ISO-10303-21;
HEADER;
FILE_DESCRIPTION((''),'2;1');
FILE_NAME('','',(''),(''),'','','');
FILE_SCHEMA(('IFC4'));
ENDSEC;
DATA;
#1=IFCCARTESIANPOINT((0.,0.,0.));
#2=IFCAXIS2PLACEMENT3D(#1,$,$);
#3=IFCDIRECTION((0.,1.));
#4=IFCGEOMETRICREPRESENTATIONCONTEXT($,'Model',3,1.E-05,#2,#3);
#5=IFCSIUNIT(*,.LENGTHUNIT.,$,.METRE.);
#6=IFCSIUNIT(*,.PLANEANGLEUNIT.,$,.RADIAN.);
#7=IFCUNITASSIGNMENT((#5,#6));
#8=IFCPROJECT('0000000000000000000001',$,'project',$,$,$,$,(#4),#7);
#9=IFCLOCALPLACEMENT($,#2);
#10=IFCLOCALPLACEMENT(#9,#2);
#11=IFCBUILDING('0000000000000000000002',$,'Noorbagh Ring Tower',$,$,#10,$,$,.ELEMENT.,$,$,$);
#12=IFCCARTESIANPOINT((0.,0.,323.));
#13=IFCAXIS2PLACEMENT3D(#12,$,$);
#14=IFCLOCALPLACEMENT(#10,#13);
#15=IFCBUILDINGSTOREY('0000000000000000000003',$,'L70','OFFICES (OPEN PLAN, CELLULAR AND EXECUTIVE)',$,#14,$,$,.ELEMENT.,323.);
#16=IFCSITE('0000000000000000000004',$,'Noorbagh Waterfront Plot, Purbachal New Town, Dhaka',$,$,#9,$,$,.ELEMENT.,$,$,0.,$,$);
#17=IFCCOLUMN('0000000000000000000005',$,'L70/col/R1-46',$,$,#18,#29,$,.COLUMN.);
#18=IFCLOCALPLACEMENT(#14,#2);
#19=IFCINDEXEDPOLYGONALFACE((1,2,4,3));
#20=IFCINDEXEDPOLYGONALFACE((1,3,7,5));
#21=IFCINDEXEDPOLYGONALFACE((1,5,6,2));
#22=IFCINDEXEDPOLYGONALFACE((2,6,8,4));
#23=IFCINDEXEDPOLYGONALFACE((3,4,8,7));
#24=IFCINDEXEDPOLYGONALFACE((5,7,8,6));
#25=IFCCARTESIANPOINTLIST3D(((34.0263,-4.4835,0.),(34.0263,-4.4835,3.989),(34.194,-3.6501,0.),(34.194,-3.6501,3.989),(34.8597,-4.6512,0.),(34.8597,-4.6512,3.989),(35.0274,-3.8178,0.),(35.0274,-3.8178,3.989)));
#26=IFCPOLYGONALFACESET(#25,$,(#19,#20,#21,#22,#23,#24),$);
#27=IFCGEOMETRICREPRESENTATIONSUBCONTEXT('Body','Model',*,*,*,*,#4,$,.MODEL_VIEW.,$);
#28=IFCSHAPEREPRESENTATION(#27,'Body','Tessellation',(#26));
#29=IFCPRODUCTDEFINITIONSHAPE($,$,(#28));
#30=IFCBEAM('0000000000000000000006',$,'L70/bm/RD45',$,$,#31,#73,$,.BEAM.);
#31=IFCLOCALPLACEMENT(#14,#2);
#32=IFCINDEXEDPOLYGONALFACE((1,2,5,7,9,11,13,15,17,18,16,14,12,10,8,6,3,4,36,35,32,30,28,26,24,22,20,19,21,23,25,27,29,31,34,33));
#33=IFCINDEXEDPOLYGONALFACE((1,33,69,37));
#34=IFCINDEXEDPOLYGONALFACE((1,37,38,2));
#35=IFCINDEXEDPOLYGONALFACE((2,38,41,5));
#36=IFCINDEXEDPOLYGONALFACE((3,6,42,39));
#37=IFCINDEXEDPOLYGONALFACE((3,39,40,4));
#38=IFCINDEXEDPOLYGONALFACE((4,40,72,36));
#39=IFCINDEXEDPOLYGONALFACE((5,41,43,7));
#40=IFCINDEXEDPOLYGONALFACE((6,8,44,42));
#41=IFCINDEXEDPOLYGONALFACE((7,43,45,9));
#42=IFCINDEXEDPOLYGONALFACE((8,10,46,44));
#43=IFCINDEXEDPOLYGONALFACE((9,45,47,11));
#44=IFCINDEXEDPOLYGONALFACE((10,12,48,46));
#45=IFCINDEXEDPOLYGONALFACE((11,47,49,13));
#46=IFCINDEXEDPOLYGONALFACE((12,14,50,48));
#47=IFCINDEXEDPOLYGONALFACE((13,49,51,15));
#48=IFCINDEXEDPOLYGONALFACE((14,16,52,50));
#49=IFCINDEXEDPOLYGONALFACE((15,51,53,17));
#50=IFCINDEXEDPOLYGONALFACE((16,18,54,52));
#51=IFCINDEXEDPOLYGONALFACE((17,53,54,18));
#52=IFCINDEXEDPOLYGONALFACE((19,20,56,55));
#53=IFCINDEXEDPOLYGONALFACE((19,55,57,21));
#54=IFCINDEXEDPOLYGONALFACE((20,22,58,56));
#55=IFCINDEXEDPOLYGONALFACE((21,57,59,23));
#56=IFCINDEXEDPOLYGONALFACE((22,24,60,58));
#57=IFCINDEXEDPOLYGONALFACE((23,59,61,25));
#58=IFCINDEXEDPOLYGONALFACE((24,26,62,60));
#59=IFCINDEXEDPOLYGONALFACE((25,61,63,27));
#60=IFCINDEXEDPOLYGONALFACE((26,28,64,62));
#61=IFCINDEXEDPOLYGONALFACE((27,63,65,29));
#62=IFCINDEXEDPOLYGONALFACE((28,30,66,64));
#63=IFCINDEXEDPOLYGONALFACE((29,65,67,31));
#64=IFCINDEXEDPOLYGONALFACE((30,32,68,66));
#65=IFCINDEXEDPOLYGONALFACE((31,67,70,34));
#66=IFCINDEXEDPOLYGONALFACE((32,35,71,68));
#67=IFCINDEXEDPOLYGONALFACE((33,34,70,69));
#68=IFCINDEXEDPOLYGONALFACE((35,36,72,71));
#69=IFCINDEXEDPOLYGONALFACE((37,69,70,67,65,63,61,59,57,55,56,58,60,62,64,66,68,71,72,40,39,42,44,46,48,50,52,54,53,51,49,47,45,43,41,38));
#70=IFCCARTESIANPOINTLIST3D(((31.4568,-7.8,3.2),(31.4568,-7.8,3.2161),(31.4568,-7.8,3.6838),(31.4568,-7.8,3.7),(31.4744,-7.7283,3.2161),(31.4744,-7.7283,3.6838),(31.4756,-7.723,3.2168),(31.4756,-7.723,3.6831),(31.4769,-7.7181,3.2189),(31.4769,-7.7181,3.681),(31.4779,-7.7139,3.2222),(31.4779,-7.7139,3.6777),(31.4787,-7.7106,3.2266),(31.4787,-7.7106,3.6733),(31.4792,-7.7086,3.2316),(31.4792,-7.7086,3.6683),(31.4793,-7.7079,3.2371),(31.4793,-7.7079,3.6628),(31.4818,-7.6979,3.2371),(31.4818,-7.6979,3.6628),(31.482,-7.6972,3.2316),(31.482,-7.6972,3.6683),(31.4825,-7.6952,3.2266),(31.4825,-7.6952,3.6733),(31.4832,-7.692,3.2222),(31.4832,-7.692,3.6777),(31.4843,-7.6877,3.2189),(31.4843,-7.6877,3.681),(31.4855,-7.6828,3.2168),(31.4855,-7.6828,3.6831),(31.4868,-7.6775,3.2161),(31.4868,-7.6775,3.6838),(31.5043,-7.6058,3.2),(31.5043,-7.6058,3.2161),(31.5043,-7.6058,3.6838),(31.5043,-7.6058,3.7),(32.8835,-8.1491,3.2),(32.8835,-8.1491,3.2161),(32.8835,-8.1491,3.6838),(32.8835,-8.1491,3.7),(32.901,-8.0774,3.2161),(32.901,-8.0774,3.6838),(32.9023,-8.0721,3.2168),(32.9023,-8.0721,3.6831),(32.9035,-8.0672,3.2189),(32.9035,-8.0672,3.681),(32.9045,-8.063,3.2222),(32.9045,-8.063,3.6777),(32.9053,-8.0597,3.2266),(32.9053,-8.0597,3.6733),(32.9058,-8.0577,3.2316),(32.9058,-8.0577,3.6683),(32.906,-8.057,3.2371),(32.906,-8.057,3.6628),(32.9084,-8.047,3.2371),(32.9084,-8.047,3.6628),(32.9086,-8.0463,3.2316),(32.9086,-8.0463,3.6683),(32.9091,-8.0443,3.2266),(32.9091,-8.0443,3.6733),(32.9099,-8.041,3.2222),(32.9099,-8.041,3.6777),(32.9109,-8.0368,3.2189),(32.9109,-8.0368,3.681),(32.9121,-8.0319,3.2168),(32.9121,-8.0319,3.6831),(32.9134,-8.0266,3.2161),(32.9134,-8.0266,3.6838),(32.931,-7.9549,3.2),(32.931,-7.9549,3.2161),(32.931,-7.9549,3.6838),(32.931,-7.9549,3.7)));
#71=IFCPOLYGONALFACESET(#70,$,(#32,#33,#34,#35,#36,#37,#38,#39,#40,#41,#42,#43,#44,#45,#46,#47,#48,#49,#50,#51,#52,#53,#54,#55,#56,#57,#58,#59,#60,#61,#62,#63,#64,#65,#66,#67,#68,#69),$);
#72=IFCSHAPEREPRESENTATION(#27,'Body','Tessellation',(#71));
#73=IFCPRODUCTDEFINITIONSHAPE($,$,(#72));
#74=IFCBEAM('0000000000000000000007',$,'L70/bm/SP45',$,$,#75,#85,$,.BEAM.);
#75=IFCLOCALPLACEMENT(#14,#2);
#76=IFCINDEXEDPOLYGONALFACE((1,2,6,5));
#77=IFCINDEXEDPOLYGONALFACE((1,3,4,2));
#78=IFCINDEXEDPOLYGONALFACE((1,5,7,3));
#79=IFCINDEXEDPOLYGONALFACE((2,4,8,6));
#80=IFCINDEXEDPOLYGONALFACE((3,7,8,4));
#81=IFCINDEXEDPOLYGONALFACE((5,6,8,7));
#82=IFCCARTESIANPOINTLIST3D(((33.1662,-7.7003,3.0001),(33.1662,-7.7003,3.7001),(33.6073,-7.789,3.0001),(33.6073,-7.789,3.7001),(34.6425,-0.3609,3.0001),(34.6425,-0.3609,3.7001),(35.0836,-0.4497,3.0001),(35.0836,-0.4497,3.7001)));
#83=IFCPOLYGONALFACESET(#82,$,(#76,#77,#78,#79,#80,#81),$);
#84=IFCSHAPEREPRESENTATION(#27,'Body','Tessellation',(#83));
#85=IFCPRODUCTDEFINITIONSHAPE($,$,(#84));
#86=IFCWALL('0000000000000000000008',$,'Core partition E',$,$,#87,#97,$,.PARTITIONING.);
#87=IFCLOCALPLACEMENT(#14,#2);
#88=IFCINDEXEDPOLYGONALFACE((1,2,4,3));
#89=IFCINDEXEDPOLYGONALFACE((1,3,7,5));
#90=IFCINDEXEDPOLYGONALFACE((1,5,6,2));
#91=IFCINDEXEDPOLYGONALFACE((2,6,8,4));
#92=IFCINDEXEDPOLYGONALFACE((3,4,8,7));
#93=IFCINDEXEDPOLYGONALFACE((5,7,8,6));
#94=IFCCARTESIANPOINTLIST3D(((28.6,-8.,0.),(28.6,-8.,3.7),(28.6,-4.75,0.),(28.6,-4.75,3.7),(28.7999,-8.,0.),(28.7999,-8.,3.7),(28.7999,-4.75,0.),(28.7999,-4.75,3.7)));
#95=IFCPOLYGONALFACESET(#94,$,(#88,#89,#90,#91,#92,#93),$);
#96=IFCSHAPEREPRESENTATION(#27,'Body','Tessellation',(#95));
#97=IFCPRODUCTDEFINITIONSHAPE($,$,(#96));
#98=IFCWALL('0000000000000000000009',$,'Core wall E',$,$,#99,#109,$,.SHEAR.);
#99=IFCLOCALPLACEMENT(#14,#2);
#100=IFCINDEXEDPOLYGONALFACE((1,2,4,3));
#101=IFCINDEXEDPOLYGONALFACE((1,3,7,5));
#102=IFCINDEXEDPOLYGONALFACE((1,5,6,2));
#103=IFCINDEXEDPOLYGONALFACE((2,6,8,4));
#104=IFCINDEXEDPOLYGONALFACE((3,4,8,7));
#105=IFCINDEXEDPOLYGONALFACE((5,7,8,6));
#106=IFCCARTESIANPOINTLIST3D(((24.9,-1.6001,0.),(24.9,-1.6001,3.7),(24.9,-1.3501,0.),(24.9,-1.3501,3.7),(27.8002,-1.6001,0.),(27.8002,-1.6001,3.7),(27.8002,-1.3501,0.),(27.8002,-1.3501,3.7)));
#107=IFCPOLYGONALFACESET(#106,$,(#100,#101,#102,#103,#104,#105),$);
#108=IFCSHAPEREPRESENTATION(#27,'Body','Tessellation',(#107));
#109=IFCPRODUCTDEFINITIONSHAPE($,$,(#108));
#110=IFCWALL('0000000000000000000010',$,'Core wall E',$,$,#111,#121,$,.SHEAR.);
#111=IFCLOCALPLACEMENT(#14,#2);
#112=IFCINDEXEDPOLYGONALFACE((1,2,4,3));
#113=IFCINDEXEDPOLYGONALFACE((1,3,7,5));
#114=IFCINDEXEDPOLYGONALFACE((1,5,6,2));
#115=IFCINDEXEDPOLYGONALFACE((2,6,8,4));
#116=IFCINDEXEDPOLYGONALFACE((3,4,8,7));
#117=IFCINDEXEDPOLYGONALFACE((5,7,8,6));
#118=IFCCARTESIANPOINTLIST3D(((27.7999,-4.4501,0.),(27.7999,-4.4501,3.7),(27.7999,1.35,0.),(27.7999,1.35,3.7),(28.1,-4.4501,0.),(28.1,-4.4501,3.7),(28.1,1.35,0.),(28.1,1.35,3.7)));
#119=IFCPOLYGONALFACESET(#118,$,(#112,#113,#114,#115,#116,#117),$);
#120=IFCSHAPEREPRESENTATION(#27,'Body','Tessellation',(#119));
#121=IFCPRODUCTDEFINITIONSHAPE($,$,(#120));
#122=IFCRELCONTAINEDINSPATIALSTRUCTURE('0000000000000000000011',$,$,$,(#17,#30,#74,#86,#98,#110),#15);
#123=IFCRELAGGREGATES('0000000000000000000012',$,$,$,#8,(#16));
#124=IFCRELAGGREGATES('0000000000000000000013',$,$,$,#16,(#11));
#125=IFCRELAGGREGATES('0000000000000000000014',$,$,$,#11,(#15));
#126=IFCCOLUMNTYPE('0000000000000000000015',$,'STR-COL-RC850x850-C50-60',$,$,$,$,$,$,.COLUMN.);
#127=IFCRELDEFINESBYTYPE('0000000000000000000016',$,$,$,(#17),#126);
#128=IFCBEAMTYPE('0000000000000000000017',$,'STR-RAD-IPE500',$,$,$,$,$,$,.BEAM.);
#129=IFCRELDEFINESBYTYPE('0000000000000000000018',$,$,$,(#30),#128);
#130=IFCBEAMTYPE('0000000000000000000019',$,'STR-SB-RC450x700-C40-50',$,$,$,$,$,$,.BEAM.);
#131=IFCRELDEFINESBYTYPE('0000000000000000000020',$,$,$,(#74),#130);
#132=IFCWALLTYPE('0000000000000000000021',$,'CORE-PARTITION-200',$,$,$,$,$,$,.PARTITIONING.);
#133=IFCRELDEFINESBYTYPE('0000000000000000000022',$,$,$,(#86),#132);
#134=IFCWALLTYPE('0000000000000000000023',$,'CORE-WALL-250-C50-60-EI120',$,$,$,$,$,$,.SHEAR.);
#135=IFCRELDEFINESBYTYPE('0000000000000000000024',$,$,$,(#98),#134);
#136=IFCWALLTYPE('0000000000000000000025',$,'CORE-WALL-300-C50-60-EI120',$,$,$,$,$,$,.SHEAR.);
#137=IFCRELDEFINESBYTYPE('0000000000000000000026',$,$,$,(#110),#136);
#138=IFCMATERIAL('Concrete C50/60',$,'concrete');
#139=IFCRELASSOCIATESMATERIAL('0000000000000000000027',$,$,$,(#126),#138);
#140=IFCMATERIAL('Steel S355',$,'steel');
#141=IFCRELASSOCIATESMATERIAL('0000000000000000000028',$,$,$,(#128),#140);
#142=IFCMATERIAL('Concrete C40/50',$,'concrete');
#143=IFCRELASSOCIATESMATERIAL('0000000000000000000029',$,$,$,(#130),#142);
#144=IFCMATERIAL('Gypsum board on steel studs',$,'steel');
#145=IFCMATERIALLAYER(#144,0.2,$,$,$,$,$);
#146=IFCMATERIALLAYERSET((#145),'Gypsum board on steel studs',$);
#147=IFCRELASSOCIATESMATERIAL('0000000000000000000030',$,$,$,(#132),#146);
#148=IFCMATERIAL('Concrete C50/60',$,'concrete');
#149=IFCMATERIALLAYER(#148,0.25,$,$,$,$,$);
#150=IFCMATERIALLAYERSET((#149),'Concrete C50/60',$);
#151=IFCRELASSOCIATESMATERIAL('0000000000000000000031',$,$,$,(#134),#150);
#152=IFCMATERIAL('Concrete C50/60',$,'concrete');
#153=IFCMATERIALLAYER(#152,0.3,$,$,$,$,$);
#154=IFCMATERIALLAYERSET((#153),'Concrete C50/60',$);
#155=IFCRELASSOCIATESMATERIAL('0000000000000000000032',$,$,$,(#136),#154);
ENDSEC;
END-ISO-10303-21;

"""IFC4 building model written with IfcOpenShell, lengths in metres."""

from ifc_helpers import new_model, si_unit, direction, frame, frame_2d, origin, origin_2d, place, context, subcontext, project, spatial, rectangle, i_section, extrude, material, layer, layer_set, material_profile, profile_set, type_object, element, save


model = new_model("IFC4")

# Units and contexts
model_context = context("Model", 3, precision=1e-05, world=origin(), true_north=direction((0.0, 1.0)))
body_context = subcontext(model_context, "Body", "Model", "MODEL_VIEW")
ifc_project = project(units=[si_unit("LENGTHUNIT", "METRE"), si_unit("PLANEANGLEUNIT", "RADIAN")], contexts=[model_context])

# Site, building, storey
site_placement = place(None, origin())
site = spatial("IfcSite", under=ifc_project, at=site_placement, Name="Noorbagh Waterfront Plot, Purbachal New Town, Dhaka", CompositionType="ELEMENT", RefElevation=0.0)
building_placement = place(site_placement, origin())
building = spatial("IfcBuilding", under=site, at=building_placement, Name="Noorbagh Ring Tower", CompositionType="ELEMENT")
storey_placement = place(building_placement, frame((0.0, 0.0, 323.0)))
storey = spatial("IfcBuildingStorey", under=building, at=storey_placement, Name="L70", Description="OFFICES (OPEN PLAN, CELLULAR AND EXECUTIVE)", CompositionType="ELEMENT", Elevation=323.0)

# Column
ifc_material_1 = material(Name="Concrete C50/60", Category="concrete")
ifc_material_profile_1 = material_profile(ifc_material_1, rectangle(XDim=0.8501, YDim=0.8501, at=origin_2d()), Name="RC850x850")
ifc_profile_set_1 = profile_set([ifc_material_profile_1], Name="Concrete C50/60")
column_type = type_object("IfcColumnType", Name="STR-COL-RC850x850-C50-60", PredefinedType="COLUMN", material=ifc_profile_set_1)
column_placement = place(storey_placement, frame((34.5269, -4.1506, 0.0), z_axis=(0.0, 0.0, 1.0), x_axis=(0.19723, 0.980357, 0.0)))
element("IfcColumn", 1, at=column_placement, inside=storey, type_object=column_type, Name="L70/col/R1-46", PredefinedType="COLUMN", context=body_context, shape_type="SweptSolid", body=[
    extrude(rectangle(XDim=0.8501, YDim=0.8501, at=origin_2d()), origin(), (0.0, 0.0, 1.0), 3.989),
])

# Beams
ifc_material_2 = material(Name="Steel S355", Category="steel")
ifc_material_profile_2 = material_profile(ifc_material_2, i_section(OverallWidth=0.2, OverallDepth=0.5, WebThickness=0.0103, FlangeThickness=0.0161, FilletRadius=0.021, at=origin_2d()), Name="IPE500")
ifc_profile_set_2 = profile_set([ifc_material_profile_2], Name="Steel S355")
beam_type_1 = type_object("IfcBeamType", Name="STR-RAD-IPE500", PredefinedType="BEAM", material=ifc_profile_set_2)
beam_1_placement = place(storey_placement, frame((32.9072, -8.052, 3.45), z_axis=(-0.971343, 0.237683, 0.0), x_axis=(-0.237683, -0.971343, 0.0)))
element("IfcBeam", 2, at=beam_1_placement, inside=storey, type_object=beam_type_1, Name="L70/bm/RD45", PredefinedType="BEAM", context=body_context, shape_type="SweptSolid", body=[
    extrude(i_section(OverallWidth=0.2, OverallDepth=0.5, WebThickness=0.0103, FlangeThickness=0.0161, FilletRadius=0.021, at=origin_2d()), origin(), (0.0, 0.0, 1.0), 1.4688),
])
ifc_material_3 = material(Name="Concrete C40/50", Category="concrete")
ifc_material_profile_3 = material_profile(ifc_material_3, rectangle(XDim=0.45, YDim=0.7, at=origin_2d()), Name="RC450x700")
ifc_profile_set_3 = profile_set([ifc_material_profile_3], Name="Concrete C40/50")
beam_type_2 = type_object("IfcBeamType", Name="STR-SB-RC450x700-C40-50", PredefinedType="BEAM", material=ifc_profile_set_3)
beam_2_placement = place(storey_placement, frame((33.3867, -7.7446, 3.3501), z_axis=(0.197201, 0.980363, 0.0), x_axis=(-0.980363, 0.197201, 0.0)))
element("IfcBeam", 3, at=beam_2_placement, inside=storey, type_object=beam_type_2, Name="L70/bm/SP45", PredefinedType="BEAM", context=body_context, shape_type="SweptSolid", body=[
    extrude(rectangle(XDim=0.45, YDim=0.7, at=origin_2d()), origin(), (0.0, 0.0, 1.0), 7.4863),
])

# Walls
ifc_material_4 = material(Name="Gypsum board on steel studs", Category="steel")
ifc_layer_1 = layer(ifc_material_4, 0.2)
ifc_layer_set_1 = layer_set([ifc_layer_1], Name="Gypsum board on steel studs")
wall_type_1 = type_object("IfcWallType", Name="CORE-PARTITION-200", PredefinedType="PARTITIONING", material=ifc_layer_set_1)
wall_1_placement = place(storey_placement, frame((28.7, -8.0, 0.0), z_axis=(0.0, 0.0, 1.0), x_axis=(0.0, 1.0, 0.0)))
element("IfcWall", 4, at=wall_1_placement, inside=storey, type_object=wall_type_1, Name="Core partition E", PredefinedType="PARTITIONING", context=body_context, shape_type="SweptSolid", body=[
    extrude(rectangle(XDim=3.25, YDim=0.2, at=frame_2d((1.625, 0.0))), origin(), (0.0, 0.0, 1.0), 3.7),
])
ifc_material_5 = material(Name="Concrete C50/60", Category="concrete")
ifc_layer_2 = layer(ifc_material_5, 0.25)
ifc_layer_set_2 = layer_set([ifc_layer_2], Name="Concrete C50/60")
wall_type_2 = type_object("IfcWallType", Name="CORE-WALL-250-C50-60-EI120", PredefinedType="SHEAR", material=ifc_layer_set_2)
wall_2_placement = place(storey_placement, frame((24.8999, -1.4751, 0.0), z_axis=(0.0, 0.0, 1.0), x_axis=(1.0, 0.0, 0.0)))
element("IfcWall", 5, at=wall_2_placement, inside=storey, type_object=wall_type_2, Name="Core wall E", PredefinedType="SHEAR", context=body_context, shape_type="SweptSolid", body=[
    extrude(rectangle(XDim=2.9001, YDim=0.25, at=frame_2d((1.4502, 0.0))), origin(), (0.0, 0.0, 1.0), 3.7),
])
ifc_material_6 = material(Name="Concrete C50/60", Category="concrete")
ifc_layer_3 = layer(ifc_material_6, 0.3)
ifc_layer_set_3 = layer_set([ifc_layer_3], Name="Concrete C50/60")
wall_type_3 = type_object("IfcWallType", Name="CORE-WALL-300-C50-60-EI120", PredefinedType="SHEAR", material=ifc_layer_set_3)
wall_3_placement = place(storey_placement, frame((27.95, -4.45, 0.0), z_axis=(0.0, 0.0, 1.0), x_axis=(0.0, 1.0, 0.0)))
element("IfcWall", 6, at=wall_3_placement, inside=storey, type_object=wall_type_3, Name="Core wall E", PredefinedType="SHEAR", context=body_context, shape_type="SweptSolid", body=[
    extrude(rectangle(XDim=5.8, YDim=0.3, at=frame_2d((2.8999, 0.0))), origin(), (0.0, 0.0, 1.0), 3.7),
])

save(model, "model.ifc")
